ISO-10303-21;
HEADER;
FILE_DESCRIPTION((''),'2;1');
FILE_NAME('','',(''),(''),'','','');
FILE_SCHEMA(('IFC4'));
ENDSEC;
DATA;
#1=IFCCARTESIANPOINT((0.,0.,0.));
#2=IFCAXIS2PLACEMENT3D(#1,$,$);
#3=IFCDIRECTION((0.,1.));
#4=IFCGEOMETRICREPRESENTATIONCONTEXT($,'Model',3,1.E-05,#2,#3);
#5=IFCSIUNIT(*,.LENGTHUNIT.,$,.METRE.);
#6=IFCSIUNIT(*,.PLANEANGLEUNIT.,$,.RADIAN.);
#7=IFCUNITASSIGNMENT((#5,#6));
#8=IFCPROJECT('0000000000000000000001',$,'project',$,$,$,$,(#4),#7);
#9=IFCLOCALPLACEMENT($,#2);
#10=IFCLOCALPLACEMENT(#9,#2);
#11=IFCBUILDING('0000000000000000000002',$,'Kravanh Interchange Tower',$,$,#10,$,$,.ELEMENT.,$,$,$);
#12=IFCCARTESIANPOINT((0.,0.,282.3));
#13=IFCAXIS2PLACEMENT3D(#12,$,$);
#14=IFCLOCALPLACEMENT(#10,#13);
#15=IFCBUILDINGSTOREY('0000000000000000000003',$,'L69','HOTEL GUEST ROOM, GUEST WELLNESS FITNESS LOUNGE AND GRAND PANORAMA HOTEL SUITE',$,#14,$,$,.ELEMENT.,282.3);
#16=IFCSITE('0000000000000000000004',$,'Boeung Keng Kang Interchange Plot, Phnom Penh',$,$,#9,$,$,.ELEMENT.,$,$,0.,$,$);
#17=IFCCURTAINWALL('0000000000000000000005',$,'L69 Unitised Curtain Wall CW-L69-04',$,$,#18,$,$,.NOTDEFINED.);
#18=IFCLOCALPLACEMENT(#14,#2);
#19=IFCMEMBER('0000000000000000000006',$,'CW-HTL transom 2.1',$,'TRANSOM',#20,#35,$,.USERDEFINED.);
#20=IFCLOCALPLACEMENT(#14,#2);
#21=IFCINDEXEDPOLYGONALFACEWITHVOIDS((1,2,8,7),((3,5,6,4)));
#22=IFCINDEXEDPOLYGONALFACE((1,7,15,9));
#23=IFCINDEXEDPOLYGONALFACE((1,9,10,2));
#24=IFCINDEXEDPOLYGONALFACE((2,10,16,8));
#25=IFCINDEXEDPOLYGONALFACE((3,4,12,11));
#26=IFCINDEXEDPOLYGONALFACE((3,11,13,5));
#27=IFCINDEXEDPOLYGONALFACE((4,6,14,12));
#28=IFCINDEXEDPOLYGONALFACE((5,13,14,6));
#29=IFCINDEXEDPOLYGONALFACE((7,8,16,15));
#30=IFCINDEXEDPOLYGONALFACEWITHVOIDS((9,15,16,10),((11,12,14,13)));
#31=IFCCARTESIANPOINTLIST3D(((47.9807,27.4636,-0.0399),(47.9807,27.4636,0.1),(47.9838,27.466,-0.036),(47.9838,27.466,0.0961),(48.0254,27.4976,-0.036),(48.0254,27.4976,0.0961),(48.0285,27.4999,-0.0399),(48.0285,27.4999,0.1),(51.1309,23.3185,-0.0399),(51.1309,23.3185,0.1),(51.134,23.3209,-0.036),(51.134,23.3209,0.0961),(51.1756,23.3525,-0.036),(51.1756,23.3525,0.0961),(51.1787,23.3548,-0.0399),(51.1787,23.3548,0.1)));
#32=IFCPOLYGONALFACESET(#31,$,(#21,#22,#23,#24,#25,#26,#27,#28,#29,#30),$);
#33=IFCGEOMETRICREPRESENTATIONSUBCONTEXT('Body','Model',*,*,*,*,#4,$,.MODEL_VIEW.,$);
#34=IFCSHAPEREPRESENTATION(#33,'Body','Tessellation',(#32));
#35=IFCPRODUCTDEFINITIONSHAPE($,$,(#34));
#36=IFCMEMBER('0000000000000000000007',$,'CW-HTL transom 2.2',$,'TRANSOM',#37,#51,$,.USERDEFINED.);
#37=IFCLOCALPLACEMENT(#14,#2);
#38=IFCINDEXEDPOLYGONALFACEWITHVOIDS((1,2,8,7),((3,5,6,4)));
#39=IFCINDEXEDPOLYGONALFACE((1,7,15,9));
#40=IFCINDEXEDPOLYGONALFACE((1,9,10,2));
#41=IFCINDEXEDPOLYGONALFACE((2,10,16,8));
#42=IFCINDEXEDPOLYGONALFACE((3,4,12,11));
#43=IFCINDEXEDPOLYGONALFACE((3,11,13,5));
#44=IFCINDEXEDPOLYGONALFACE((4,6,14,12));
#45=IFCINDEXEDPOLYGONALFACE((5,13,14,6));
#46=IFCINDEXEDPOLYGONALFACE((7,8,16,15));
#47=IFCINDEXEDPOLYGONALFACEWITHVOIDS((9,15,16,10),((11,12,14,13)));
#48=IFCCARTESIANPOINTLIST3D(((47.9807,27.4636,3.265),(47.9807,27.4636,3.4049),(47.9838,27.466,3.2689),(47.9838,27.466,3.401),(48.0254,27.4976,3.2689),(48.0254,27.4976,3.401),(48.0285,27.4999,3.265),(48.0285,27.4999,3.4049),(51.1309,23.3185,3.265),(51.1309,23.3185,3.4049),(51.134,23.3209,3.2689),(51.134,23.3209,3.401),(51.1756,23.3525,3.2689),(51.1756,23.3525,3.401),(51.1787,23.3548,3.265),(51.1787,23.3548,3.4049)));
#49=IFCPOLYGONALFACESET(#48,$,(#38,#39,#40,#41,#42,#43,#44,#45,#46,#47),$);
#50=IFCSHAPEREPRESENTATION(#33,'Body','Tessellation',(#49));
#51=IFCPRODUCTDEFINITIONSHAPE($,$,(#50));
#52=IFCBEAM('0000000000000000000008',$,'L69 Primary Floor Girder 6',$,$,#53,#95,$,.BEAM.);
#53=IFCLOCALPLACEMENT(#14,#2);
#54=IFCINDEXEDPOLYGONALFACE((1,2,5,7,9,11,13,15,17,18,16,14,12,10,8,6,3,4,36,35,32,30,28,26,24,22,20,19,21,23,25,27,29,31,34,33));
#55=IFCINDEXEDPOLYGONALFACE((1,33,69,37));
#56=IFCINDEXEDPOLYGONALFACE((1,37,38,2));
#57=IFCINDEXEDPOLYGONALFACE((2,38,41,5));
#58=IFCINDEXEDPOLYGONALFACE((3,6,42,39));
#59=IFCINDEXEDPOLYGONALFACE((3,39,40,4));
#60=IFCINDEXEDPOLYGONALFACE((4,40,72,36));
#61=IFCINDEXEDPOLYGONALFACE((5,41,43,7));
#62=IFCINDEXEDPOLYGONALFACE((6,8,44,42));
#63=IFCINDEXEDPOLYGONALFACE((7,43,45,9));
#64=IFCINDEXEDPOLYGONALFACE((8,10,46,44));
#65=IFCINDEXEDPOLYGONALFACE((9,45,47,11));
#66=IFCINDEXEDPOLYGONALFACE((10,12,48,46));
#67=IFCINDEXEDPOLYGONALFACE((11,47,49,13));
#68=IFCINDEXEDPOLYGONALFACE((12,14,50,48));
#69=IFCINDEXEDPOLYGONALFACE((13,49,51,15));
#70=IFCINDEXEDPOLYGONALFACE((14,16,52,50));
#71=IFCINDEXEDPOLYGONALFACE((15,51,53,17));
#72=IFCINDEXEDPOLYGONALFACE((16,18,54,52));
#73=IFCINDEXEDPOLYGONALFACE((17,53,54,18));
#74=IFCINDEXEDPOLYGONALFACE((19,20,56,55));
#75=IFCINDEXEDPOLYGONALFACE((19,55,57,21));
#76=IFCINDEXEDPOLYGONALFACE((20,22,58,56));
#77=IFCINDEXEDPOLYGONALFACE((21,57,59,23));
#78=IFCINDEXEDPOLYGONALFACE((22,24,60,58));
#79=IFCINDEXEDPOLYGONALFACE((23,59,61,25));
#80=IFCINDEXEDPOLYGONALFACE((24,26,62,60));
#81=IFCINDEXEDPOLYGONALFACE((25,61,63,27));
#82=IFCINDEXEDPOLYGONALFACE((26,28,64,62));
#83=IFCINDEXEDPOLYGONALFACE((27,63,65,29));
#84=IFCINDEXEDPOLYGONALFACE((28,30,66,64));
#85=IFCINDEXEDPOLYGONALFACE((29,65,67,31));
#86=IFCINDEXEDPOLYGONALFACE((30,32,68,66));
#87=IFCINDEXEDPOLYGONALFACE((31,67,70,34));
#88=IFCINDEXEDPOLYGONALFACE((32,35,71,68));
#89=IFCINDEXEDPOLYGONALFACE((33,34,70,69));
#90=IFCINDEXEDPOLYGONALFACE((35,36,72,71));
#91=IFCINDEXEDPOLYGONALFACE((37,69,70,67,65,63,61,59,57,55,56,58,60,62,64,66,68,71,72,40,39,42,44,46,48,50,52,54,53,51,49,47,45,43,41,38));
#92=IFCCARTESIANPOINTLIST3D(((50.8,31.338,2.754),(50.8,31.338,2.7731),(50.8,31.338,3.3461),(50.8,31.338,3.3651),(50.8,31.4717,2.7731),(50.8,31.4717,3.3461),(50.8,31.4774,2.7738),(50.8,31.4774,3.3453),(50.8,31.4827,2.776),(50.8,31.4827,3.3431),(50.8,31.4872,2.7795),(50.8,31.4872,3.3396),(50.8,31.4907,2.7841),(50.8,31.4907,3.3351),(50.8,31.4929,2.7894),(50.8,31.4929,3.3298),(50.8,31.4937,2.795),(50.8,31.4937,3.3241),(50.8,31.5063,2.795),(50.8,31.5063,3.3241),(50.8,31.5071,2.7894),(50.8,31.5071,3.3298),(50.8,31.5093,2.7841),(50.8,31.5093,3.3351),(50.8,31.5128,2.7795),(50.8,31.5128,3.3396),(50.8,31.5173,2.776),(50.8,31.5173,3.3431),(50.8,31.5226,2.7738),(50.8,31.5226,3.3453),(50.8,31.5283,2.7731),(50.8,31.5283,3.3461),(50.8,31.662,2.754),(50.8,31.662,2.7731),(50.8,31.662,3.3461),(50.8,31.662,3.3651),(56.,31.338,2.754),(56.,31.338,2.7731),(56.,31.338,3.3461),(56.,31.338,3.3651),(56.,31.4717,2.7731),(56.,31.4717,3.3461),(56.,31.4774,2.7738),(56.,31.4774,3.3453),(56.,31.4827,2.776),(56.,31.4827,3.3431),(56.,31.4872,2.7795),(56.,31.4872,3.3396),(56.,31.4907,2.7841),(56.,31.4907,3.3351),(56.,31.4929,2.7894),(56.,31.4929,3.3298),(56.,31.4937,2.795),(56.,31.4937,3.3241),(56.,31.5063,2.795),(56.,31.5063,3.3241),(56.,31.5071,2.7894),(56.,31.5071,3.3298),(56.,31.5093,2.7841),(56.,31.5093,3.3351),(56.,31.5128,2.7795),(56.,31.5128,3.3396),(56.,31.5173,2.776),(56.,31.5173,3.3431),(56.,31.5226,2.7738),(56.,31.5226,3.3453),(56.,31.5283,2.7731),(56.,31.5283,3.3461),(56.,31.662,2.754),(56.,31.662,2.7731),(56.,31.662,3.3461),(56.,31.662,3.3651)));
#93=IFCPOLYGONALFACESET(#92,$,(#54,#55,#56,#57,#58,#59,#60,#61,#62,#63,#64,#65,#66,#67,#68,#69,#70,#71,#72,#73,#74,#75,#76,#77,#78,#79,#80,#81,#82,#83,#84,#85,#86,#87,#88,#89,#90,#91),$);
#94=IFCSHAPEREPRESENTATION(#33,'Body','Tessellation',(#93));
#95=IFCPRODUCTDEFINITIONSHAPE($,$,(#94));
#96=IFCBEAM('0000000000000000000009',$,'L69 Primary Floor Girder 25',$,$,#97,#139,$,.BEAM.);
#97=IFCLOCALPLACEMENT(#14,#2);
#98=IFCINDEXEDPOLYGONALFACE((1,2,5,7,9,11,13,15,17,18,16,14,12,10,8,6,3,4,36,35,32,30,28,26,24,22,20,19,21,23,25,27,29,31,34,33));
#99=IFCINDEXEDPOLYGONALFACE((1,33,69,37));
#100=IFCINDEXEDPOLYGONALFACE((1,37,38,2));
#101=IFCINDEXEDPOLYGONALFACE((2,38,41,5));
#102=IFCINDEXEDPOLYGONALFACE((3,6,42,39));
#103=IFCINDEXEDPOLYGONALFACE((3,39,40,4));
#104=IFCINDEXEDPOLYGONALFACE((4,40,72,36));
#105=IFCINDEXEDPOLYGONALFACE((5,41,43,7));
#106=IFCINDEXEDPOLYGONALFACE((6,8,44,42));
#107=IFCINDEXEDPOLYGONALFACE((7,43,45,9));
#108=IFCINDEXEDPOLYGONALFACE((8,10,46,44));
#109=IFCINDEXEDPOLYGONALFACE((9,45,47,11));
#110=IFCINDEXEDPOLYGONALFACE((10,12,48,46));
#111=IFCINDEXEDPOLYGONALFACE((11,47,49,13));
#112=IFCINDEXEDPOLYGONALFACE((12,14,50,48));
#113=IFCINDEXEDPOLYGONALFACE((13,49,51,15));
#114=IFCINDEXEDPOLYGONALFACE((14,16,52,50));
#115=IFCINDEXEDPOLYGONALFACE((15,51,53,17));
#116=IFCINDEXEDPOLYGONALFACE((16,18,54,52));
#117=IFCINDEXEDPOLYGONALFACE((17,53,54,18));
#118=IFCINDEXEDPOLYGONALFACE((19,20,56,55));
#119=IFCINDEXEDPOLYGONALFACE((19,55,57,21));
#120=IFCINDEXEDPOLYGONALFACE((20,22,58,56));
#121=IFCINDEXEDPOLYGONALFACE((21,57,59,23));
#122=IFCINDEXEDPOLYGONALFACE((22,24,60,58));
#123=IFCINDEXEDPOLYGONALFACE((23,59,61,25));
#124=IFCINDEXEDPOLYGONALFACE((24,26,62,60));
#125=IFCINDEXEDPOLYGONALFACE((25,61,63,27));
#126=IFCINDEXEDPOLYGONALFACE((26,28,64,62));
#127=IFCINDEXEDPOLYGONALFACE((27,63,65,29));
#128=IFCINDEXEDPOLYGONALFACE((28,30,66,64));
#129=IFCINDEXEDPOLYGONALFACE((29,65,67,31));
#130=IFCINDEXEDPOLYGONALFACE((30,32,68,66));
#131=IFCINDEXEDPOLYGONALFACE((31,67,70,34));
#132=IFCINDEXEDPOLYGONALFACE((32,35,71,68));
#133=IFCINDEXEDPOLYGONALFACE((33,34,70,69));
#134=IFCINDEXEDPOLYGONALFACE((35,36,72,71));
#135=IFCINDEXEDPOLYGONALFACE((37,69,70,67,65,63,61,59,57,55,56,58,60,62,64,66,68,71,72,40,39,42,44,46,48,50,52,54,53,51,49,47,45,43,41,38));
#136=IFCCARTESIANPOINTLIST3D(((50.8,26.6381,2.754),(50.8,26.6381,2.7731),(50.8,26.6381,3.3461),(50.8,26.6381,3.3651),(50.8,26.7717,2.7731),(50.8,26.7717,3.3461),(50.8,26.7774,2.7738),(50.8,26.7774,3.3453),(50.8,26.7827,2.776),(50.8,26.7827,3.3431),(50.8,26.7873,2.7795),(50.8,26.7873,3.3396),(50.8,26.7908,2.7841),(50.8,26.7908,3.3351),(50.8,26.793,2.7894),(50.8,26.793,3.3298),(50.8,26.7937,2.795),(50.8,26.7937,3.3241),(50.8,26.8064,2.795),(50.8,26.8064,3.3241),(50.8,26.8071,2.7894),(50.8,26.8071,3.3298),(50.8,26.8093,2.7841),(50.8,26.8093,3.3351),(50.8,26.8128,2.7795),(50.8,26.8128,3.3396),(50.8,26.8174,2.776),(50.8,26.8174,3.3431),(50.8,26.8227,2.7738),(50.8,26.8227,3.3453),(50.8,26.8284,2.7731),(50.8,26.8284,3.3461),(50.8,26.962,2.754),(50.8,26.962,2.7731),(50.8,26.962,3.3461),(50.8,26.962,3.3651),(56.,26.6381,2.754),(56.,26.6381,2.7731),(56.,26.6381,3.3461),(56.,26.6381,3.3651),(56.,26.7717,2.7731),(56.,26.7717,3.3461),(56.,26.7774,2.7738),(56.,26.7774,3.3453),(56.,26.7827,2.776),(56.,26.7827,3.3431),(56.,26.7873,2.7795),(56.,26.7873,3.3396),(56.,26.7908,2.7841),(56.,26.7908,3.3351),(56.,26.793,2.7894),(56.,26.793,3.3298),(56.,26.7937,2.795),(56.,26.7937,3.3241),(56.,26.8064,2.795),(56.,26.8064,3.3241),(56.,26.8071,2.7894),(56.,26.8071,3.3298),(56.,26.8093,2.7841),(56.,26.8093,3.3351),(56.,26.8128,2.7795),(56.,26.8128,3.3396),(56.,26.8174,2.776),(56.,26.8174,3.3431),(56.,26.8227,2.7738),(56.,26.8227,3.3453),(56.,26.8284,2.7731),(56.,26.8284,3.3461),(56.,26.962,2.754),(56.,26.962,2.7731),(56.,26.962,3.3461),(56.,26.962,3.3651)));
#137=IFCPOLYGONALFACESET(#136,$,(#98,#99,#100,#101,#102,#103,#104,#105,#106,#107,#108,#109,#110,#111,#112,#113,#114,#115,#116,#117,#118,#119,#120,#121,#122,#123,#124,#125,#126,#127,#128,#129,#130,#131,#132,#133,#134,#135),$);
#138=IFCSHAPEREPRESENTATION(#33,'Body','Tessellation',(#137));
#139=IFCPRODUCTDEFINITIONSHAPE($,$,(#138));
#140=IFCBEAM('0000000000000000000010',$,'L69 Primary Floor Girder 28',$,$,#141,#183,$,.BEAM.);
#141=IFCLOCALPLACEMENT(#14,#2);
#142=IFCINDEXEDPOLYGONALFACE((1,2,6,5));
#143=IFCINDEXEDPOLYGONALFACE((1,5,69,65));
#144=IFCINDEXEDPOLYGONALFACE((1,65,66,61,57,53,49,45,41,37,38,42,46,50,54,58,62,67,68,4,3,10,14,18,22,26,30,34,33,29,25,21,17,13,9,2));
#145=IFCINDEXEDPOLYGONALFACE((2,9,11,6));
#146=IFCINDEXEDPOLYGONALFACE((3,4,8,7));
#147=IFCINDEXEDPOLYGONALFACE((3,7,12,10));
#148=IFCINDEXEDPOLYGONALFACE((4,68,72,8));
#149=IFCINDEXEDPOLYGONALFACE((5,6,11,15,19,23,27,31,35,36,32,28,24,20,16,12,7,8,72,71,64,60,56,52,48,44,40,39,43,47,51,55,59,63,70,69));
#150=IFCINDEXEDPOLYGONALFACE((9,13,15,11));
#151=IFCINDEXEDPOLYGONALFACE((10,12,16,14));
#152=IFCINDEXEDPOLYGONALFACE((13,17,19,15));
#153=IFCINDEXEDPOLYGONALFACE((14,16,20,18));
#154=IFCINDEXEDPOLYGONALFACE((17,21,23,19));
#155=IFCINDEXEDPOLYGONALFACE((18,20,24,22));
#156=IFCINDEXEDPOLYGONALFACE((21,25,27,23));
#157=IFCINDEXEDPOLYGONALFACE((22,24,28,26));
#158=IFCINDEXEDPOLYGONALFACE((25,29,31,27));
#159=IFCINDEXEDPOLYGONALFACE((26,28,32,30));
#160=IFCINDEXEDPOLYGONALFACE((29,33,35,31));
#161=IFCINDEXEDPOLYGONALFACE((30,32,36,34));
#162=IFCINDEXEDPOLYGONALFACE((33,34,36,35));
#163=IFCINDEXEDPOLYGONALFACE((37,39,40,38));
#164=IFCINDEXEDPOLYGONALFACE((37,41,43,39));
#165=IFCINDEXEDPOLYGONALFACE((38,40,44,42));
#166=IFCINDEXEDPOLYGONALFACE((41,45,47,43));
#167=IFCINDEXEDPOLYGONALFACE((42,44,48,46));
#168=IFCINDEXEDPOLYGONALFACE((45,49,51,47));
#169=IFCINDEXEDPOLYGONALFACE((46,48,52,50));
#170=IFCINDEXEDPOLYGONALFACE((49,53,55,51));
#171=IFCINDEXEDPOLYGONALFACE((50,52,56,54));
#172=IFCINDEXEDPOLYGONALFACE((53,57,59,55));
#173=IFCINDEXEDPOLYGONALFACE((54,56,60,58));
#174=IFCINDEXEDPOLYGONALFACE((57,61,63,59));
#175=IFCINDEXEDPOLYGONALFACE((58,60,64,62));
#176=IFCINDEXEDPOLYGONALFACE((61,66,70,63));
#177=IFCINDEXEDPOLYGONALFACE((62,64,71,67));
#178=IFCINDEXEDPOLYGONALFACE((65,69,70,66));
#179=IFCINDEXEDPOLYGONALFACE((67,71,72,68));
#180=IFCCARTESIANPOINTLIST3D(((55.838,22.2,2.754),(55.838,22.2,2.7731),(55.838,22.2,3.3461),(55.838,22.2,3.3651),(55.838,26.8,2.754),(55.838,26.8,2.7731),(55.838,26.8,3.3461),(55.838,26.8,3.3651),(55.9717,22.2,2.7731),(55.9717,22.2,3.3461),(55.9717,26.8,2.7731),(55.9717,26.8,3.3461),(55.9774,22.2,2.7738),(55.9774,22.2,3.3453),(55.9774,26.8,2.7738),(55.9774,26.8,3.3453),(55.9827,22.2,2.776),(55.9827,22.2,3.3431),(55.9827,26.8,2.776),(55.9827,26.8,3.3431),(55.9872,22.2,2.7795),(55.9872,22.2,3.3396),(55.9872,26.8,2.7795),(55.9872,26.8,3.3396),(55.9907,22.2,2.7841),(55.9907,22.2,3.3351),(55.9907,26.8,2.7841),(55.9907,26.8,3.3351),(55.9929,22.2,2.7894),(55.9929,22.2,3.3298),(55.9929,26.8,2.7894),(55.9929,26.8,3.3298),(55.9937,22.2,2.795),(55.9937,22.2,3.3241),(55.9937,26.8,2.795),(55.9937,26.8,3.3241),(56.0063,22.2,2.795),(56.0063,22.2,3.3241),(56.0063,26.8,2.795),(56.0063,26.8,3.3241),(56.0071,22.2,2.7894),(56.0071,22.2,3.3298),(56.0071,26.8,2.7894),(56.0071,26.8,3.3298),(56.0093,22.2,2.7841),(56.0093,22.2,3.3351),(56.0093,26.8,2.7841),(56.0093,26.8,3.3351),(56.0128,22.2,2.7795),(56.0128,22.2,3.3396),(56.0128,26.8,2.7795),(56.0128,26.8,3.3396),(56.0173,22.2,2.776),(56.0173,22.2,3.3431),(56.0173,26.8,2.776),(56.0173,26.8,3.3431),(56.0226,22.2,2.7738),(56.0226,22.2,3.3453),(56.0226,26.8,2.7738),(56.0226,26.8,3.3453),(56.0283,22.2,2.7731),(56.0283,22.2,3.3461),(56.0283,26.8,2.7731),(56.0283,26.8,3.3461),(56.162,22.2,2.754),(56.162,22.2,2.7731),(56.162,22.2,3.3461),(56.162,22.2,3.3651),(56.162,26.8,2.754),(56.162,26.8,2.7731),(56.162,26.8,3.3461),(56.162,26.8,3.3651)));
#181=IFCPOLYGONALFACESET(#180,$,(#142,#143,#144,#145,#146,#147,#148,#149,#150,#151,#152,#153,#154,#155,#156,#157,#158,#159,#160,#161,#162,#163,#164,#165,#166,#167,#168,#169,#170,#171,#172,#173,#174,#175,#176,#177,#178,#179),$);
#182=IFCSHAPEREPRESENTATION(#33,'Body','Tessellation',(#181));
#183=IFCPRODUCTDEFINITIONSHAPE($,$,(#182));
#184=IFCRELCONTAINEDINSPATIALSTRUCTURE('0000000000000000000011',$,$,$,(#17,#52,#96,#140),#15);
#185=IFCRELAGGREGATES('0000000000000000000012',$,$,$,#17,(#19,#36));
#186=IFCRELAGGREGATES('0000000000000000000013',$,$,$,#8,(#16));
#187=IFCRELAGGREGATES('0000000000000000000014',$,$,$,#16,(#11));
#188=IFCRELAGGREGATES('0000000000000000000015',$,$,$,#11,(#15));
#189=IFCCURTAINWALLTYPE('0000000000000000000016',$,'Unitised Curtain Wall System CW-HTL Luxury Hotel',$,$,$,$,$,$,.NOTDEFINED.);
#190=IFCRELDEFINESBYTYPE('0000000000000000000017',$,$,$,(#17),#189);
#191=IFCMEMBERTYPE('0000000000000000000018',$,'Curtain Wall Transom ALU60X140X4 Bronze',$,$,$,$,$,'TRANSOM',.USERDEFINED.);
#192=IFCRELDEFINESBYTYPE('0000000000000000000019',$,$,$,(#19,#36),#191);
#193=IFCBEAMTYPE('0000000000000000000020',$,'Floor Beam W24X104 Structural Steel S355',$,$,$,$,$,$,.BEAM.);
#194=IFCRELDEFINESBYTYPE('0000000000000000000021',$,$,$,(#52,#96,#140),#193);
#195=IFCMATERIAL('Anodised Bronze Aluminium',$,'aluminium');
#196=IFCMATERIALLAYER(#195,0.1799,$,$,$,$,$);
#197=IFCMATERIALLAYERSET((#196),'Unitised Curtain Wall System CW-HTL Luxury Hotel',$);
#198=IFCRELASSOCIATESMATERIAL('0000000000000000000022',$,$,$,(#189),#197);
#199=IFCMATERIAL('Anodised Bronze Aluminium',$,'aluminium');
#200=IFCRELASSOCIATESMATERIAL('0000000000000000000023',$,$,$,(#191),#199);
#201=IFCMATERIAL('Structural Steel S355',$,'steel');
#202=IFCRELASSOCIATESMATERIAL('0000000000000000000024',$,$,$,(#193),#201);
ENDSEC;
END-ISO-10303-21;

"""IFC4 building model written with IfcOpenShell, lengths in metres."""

from ifc_helpers import new_model, si_unit, direction, frame, origin, origin_2d, place, context, subcontext, project, spatial, hollow_rectangle, i_section, extrude, material, layer, layer_set, material_profile, profile_set, type_object, element, aggregate, save


model = new_model("IFC4")

# Units and contexts
model_context = context("Model", 3, precision=1e-05, world=origin(), true_north=direction((0.0, 1.0)))
body_context = subcontext(model_context, "Body", "Model", "MODEL_VIEW")
ifc_project = project(units=[si_unit("LENGTHUNIT", "METRE"), si_unit("PLANEANGLEUNIT", "RADIAN")], contexts=[model_context])

# Site, building, storey
site_placement = place(None, origin())
site = spatial("IfcSite", under=ifc_project, at=site_placement, Name="Boeung Keng Kang Interchange Plot, Phnom Penh", CompositionType="ELEMENT", RefElevation=0.0)
building_placement = place(site_placement, origin())
building = spatial("IfcBuilding", under=site, at=building_placement, Name="Kravanh Interchange Tower", CompositionType="ELEMENT")
storey_placement = place(building_placement, frame((0.0, 0.0, 282.3)))
storey = spatial("IfcBuildingStorey", under=building, at=storey_placement, Name="L69", Description="HOTEL GUEST ROOM, GUEST WELLNESS FITNESS LOUNGE AND GRAND PANORAMA HOTEL SUITE", CompositionType="ELEMENT", Elevation=282.3)

# Shared definitions
ifc_material_1 = material(Name="Anodised Bronze Aluminium", Category="aluminium")
ifc_layer_1 = layer(ifc_material_1, 0.1799)
ifc_layer_set_1 = layer_set([ifc_layer_1], Name="Unitised Curtain Wall System CW-HTL Luxury Hotel")
curtain_wall_type = type_object("IfcCurtainWallType", Name="Unitised Curtain Wall System CW-HTL Luxury Hotel", PredefinedType="NOTDEFINED", material=ifc_layer_set_1)

# Curtain wall, members
curtain_wall_1_placement = place(storey_placement, origin())
curtain_wall_1 = element("IfcCurtainWall", 1, at=curtain_wall_1_placement, inside=storey, type_object=curtain_wall_type, Name="L69 Unitised Curtain Wall CW-L69-04", PredefinedType="NOTDEFINED")
ifc_material_2 = material(Name="Anodised Bronze Aluminium", Category="aluminium")
ifc_material_profile_1 = material_profile(ifc_material_2, hollow_rectangle(XDim=0.0601, YDim=0.1399, WallThickness=0.0039, at=origin_2d()), Name="ALU60X140X4")
ifc_profile_set_1 = profile_set([ifc_material_profile_1], Name="Anodised Bronze Aluminium")
member_type_1 = type_object("IfcMemberType", Name="Curtain Wall Transom ALU60X140X4 Bronze", ElementType="TRANSOM", PredefinedType="USERDEFINED", material=ifc_profile_set_1)
member_1_placement = place(storey_placement, frame((51.1548, 23.3367, 0.03), z_axis=(-0.605075, 0.796169, 0.0), x_axis=(-0.796169, -0.605075, 0.0)))
member_1 = element("IfcMember", 2, at=member_1_placement, type_object=member_type_1, Name="CW-HTL transom 2.1", ObjectType="TRANSOM", PredefinedType="USERDEFINED", context=body_context, shape_type="SweptSolid", body=[
    extrude(hollow_rectangle(XDim=0.0601, YDim=0.1399, WallThickness=0.0039, at=origin_2d()), origin(), (0.0, 0.0, 1.0), 5.2063),
])
member_2_placement = place(storey_placement, frame((51.1548, 23.3367, 3.335), z_axis=(-0.605075, 0.796169, 0.0), x_axis=(-0.796169, -0.605075, 0.0)))
member_2 = element("IfcMember", 3, at=member_2_placement, type_object=member_type_1, Name="CW-HTL transom 2.2", ObjectType="TRANSOM", PredefinedType="USERDEFINED", context=body_context, shape_type="SweptSolid", body=[
    extrude(hollow_rectangle(XDim=0.0601, YDim=0.1399, WallThickness=0.0039, at=origin_2d()), origin(), (0.0, 0.0, 1.0), 5.2063),
])

# Beams
ifc_material_3 = material(Name="Structural Steel S355", Category="steel")
ifc_material_profile_2 = material_profile(ifc_material_3, i_section(OverallWidth=0.324, OverallDepth=0.6111, WebThickness=0.0127, FlangeThickness=0.019, FilletRadius=0.022, at=origin_2d()), Name="W24X104")
ifc_profile_set_2 = profile_set([ifc_material_profile_2], Name="Structural Steel S355")
beam_type_1 = type_object("IfcBeamType", Name="Floor Beam W24X104 Structural Steel S355", PredefinedType="BEAM", material=ifc_profile_set_2)
for number, where, z_axis, x_axis, name in (
    (4, (50.8, 31.5, 3.0596), (1.0, 0.0, 0.0), (0.0, 1.0, 0.0), "L69 Primary Floor Girder 6"),
    (5, (50.8, 26.8, 3.0596), (1.0, 0.0, 0.0), (0.0, 1.0, 0.0), "L69 Primary Floor Girder 25"),
):
    element("IfcBeam", number, at=place(storey_placement, frame(where, z_axis=z_axis, x_axis=x_axis)), inside=storey, type_object=beam_type_1, Name=name, PredefinedType="BEAM", context=body_context, shape_type="SweptSolid", body=[
        extrude(i_section(OverallWidth=0.324, OverallDepth=0.6111, WebThickness=0.0127, FlangeThickness=0.019, FilletRadius=0.022, at=origin_2d()), origin(), (0.0, 0.0, 1.0), 5.2),
    ])
beam_1_placement = place(storey_placement, frame((56.0, 26.8, 3.0596), z_axis=(0.0, -1.0, 0.0), x_axis=(1.0, 0.0, 0.0)))
element("IfcBeam", 6, at=beam_1_placement, inside=storey, type_object=beam_type_1, Name="L69 Primary Floor Girder 28", PredefinedType="BEAM", context=body_context, shape_type="SweptSolid", body=[
    extrude(i_section(OverallWidth=0.324, OverallDepth=0.6111, WebThickness=0.0127, FlangeThickness=0.019, FilletRadius=0.022, at=origin_2d()), origin(), (0.0, 0.0, 1.0), 4.6001),
])

aggregate(curtain_wall_1, [member_1, member_2])

save(model, "model.ifc")
